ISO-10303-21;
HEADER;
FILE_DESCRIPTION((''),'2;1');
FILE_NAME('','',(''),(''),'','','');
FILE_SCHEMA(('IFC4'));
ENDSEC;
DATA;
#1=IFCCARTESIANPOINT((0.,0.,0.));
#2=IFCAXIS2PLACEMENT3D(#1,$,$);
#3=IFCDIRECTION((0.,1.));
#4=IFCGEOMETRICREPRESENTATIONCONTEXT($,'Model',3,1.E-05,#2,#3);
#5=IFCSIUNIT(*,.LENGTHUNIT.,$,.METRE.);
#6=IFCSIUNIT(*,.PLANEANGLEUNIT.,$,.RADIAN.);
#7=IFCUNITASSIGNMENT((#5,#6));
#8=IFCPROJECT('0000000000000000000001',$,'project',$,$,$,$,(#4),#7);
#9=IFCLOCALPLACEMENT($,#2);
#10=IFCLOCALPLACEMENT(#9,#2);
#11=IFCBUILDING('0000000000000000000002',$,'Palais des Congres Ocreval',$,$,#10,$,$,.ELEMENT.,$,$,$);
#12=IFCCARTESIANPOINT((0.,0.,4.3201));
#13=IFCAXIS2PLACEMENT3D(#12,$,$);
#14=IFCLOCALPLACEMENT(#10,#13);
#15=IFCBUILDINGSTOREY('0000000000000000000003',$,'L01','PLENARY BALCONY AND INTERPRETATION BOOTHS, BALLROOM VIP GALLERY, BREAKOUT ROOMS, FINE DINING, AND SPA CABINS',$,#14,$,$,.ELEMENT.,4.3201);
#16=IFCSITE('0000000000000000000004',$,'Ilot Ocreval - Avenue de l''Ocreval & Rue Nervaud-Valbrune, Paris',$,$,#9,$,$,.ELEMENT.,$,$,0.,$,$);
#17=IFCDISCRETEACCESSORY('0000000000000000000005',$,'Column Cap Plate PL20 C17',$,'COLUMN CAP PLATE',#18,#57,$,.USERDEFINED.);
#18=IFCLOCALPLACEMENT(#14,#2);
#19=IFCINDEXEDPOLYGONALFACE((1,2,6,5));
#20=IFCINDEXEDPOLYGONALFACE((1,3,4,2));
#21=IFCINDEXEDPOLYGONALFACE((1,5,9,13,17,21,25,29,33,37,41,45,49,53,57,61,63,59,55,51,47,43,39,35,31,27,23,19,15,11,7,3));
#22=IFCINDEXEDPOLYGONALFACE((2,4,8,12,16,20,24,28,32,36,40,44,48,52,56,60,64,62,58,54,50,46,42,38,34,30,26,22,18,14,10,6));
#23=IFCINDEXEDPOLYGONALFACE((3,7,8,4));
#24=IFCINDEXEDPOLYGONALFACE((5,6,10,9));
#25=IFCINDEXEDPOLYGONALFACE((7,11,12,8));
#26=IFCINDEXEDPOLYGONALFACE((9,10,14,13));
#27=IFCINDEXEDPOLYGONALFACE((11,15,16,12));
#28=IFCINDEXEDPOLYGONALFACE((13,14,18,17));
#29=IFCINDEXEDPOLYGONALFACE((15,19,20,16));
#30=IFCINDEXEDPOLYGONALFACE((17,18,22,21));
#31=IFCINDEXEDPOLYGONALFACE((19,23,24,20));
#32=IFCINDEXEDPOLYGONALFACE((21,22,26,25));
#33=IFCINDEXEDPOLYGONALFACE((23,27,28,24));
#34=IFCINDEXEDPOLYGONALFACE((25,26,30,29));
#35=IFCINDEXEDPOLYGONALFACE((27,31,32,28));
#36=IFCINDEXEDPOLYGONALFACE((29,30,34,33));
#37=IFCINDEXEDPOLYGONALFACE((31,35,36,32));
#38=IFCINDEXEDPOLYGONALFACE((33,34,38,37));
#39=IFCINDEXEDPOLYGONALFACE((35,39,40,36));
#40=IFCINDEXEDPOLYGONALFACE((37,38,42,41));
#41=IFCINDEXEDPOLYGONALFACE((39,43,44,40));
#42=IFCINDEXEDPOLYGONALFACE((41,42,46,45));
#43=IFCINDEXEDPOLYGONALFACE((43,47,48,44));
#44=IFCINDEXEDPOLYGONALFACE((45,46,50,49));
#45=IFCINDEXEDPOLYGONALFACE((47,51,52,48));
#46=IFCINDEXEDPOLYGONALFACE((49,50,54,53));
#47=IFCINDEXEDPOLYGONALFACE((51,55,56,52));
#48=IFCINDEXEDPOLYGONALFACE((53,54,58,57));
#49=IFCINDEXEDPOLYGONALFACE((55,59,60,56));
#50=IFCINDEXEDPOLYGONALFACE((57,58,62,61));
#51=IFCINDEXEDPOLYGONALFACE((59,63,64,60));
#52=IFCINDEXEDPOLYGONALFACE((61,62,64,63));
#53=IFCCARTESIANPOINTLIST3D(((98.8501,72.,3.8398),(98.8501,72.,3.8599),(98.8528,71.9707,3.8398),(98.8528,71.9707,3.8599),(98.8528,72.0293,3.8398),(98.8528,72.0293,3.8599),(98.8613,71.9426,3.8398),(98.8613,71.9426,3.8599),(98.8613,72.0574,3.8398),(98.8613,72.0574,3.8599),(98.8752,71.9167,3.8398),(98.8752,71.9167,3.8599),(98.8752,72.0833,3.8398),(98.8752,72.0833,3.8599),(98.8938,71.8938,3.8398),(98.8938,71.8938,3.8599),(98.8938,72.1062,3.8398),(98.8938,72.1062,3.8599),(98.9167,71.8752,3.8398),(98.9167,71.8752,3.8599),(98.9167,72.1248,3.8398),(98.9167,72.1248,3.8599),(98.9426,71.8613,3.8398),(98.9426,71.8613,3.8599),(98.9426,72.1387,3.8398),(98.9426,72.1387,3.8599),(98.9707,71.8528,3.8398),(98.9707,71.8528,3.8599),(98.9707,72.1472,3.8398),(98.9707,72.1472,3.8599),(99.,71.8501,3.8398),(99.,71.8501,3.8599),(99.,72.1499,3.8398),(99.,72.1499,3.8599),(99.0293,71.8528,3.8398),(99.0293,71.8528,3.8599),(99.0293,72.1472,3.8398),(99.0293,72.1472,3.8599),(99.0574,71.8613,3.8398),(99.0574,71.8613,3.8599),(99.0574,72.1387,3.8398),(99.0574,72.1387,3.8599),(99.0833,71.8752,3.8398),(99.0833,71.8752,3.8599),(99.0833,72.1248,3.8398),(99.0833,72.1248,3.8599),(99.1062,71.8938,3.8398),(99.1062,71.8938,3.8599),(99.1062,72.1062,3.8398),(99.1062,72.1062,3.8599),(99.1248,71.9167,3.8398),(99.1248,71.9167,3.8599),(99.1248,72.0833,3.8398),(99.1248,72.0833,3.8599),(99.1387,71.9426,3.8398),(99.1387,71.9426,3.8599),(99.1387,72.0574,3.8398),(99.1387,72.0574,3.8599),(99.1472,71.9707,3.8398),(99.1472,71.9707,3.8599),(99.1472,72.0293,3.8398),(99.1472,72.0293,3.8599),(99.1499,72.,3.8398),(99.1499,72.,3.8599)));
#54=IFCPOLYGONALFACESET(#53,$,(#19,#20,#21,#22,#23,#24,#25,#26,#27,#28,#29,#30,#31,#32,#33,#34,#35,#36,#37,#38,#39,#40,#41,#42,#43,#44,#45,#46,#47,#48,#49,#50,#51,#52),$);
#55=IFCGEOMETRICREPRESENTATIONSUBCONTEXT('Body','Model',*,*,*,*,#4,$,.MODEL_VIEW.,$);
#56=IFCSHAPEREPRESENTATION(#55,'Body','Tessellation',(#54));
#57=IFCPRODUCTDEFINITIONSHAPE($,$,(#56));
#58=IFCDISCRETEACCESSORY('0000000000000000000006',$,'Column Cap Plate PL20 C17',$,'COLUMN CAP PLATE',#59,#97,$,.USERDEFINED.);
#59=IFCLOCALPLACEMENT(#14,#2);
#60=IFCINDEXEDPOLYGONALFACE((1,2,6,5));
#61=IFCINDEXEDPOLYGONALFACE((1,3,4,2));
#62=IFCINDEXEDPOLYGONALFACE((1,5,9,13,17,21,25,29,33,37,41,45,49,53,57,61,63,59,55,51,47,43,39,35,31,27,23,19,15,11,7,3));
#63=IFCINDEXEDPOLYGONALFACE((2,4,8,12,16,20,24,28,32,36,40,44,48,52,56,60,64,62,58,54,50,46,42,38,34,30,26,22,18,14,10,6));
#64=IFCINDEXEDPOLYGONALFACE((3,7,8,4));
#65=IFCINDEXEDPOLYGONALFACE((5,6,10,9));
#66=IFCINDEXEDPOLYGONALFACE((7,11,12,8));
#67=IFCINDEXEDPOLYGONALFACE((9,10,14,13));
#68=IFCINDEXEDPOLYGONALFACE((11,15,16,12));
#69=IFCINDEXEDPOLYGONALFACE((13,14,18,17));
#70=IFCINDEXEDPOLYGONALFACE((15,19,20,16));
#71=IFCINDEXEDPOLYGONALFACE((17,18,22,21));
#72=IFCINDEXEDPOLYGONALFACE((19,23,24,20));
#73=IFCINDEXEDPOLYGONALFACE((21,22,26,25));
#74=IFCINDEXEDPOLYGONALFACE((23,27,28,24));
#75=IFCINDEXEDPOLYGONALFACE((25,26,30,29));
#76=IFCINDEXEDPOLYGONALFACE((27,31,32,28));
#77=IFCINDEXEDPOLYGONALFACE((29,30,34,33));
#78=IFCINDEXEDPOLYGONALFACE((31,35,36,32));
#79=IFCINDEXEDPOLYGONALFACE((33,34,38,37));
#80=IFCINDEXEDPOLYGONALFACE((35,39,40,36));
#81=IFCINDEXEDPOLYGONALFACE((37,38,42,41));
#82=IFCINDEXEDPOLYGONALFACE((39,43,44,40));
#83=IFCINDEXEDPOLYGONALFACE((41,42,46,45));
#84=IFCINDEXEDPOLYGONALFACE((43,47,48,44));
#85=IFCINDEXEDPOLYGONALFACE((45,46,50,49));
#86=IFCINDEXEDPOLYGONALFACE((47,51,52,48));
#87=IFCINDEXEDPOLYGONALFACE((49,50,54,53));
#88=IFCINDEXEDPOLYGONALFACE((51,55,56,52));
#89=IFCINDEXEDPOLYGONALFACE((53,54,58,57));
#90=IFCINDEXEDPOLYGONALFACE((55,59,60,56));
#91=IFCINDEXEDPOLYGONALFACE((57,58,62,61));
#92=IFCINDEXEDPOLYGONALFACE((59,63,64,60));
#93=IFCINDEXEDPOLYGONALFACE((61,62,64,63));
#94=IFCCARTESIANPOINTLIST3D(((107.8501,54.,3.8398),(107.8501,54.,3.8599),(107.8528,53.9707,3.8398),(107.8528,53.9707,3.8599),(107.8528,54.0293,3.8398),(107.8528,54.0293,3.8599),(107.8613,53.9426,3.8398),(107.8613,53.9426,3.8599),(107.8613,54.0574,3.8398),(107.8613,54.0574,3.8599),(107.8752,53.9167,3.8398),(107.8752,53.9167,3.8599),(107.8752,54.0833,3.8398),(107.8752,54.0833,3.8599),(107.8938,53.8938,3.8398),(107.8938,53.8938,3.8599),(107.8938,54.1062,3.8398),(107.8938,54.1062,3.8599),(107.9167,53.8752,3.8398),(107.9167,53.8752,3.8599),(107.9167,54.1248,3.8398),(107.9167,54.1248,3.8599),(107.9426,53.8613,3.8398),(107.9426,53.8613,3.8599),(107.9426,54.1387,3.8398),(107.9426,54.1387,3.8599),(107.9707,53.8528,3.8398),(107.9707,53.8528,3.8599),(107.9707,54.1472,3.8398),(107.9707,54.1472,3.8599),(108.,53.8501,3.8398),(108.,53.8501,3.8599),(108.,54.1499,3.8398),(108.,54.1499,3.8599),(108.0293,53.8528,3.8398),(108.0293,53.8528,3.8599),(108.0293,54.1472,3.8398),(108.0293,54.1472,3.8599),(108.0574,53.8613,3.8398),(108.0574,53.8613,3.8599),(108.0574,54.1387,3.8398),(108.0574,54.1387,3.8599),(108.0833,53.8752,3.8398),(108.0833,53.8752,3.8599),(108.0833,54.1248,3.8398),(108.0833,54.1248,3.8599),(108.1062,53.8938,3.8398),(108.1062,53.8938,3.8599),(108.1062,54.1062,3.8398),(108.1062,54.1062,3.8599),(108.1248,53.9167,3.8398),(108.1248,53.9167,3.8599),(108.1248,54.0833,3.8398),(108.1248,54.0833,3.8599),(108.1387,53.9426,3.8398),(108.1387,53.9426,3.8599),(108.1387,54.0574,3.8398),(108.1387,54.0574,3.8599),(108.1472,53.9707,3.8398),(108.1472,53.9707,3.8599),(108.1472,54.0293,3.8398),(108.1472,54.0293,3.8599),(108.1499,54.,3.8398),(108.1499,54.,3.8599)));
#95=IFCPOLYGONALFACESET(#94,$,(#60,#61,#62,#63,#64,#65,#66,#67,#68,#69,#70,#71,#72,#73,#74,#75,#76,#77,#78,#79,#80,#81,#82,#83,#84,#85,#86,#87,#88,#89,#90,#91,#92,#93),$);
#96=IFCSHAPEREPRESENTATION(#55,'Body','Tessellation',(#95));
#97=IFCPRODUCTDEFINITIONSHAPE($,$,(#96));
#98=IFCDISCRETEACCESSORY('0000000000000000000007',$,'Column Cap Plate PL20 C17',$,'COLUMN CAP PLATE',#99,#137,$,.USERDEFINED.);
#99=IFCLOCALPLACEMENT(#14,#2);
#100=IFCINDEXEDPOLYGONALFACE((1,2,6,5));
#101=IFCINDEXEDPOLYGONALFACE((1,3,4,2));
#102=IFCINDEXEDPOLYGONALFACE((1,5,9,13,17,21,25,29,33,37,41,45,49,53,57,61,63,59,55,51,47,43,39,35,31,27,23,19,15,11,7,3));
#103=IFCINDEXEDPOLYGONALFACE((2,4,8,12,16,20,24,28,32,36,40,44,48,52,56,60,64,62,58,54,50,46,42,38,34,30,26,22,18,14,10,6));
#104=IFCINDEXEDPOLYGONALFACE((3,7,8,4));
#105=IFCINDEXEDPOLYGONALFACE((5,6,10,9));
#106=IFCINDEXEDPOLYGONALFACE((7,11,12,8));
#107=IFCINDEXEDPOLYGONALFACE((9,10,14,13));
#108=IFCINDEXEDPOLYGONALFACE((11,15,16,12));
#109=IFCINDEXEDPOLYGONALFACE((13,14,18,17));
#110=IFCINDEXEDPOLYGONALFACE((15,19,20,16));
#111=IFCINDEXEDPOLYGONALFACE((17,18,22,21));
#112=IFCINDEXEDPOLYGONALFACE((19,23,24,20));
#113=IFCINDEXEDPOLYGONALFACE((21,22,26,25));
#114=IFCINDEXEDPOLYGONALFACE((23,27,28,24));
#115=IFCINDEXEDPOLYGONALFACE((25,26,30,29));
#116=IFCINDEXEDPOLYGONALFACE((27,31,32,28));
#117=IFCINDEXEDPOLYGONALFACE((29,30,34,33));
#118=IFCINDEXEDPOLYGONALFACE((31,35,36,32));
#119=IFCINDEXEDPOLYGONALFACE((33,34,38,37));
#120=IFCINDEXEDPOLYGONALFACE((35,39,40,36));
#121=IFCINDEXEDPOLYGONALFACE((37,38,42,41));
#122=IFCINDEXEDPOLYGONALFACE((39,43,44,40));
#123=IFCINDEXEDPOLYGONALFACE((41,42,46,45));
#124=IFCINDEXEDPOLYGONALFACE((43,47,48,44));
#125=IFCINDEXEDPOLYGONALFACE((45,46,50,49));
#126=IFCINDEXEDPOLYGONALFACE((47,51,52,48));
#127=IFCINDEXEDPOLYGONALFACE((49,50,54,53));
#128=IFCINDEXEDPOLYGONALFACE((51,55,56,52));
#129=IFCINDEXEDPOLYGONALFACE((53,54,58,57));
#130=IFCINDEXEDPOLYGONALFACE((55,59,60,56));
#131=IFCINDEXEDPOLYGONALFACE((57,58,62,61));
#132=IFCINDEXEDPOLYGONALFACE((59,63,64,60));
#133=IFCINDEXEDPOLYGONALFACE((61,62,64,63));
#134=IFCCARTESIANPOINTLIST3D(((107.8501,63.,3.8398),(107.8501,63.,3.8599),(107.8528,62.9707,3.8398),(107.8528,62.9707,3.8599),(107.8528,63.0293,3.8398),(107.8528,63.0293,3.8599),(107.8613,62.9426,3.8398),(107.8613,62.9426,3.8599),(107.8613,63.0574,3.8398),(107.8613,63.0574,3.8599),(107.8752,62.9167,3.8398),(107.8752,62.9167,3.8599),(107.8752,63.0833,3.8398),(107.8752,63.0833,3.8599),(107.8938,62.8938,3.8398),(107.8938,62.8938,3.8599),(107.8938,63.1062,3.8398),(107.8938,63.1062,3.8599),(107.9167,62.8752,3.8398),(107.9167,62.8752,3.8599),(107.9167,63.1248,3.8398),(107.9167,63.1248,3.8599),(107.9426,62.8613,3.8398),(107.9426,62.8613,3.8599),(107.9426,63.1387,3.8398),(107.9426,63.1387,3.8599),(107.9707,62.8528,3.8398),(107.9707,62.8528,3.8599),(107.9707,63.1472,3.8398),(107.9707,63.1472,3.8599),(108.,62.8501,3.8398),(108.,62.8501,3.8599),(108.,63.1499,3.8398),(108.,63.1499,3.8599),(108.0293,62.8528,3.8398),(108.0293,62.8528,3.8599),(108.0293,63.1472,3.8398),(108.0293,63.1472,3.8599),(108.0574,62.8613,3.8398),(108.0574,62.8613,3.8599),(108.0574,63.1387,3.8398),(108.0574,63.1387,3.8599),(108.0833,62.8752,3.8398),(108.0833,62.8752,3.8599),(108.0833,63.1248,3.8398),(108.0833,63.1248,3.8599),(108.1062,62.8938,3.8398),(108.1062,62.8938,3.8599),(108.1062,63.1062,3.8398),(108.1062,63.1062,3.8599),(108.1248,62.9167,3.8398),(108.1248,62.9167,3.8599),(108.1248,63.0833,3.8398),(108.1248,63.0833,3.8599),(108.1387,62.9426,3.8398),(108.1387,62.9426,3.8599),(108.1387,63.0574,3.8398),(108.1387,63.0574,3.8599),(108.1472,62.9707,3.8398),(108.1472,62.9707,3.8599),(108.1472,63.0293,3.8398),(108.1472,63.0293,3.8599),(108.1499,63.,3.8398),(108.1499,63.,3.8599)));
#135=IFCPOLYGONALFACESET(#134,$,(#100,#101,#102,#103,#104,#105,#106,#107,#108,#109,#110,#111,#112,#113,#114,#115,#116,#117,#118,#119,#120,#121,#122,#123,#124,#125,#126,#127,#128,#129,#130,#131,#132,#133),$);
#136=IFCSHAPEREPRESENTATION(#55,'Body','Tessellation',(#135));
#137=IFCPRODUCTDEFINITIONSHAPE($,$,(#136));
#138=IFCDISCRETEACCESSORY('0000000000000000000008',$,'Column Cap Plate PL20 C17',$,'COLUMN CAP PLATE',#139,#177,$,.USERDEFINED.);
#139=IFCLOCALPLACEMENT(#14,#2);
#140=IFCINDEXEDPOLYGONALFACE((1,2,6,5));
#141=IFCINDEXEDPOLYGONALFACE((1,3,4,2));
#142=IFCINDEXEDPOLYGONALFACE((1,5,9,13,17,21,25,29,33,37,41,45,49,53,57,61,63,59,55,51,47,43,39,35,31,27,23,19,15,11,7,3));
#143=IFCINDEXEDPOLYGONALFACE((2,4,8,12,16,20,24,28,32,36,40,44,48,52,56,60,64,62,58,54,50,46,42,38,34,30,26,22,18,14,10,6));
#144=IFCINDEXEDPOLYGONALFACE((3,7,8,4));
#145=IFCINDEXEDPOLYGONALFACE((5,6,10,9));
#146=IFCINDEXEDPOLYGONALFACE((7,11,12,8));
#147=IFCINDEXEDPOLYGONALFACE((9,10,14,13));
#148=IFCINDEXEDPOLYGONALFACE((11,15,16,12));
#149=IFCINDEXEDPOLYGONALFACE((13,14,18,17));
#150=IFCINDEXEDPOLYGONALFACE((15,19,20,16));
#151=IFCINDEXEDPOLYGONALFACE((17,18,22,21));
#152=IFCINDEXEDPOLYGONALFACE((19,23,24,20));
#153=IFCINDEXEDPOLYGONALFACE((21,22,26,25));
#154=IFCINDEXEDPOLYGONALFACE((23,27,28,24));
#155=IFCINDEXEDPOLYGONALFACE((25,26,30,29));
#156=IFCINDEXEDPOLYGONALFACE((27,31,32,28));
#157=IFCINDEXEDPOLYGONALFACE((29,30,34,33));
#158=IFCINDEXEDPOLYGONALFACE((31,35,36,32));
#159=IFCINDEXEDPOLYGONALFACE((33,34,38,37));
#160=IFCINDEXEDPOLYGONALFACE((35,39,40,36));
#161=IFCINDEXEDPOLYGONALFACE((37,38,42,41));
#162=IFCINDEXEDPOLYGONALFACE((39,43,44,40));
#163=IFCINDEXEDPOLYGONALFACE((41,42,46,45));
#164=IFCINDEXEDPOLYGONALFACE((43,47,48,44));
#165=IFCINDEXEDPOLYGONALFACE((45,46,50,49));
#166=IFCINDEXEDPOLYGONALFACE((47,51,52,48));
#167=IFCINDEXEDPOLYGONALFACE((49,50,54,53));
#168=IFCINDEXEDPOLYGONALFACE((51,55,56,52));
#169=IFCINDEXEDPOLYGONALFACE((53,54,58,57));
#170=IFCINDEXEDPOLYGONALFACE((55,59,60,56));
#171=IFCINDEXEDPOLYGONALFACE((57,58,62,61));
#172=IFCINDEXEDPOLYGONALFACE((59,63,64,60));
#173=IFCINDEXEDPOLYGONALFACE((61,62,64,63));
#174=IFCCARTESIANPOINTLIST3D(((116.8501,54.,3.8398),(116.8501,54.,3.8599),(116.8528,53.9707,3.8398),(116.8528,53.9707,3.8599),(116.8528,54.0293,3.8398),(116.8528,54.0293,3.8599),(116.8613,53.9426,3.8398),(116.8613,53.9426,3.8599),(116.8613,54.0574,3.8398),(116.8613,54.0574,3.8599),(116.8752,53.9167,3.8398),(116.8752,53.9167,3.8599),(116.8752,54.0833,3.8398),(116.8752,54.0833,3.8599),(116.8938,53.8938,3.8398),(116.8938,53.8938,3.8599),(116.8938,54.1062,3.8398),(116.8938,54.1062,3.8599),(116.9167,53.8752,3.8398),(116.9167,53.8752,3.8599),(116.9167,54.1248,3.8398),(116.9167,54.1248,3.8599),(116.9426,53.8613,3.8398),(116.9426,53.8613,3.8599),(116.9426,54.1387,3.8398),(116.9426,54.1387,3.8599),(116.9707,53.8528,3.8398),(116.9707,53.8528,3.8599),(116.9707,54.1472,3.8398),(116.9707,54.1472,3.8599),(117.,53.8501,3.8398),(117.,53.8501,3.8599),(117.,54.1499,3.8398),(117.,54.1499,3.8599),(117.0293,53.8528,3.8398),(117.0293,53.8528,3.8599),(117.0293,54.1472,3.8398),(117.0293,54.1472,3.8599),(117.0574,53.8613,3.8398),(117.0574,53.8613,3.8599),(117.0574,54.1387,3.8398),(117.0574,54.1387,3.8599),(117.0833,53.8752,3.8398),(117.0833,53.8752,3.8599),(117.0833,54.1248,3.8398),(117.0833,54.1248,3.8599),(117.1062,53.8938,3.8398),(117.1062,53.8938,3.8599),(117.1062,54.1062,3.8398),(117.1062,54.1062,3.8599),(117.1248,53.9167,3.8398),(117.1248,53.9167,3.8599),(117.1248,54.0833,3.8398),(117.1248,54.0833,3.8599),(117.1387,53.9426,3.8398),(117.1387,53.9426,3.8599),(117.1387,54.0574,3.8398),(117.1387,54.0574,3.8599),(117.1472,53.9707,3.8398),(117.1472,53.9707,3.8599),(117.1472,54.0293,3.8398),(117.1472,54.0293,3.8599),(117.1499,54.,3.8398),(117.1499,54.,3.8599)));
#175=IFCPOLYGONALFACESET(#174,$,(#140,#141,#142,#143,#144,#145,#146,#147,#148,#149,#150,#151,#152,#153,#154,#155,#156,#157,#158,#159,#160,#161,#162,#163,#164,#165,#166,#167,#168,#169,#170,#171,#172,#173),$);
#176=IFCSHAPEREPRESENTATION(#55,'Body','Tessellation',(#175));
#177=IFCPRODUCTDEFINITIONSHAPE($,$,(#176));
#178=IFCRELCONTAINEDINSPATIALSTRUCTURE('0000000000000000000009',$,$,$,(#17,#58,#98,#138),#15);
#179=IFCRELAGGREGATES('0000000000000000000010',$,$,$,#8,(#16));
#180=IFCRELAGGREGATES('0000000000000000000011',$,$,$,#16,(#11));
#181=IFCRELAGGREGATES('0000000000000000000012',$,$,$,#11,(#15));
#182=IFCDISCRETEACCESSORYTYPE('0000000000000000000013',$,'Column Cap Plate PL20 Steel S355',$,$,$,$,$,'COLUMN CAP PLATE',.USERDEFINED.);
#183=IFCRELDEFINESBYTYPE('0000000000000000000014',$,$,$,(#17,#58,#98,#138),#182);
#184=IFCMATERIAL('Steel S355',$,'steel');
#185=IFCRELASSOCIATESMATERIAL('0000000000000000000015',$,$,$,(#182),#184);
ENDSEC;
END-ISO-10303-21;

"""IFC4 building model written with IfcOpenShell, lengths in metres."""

from ifc_helpers import new_model, si_unit, direction, frame, origin, place, context, subcontext, project, spatial, polyline, outline, extrude, material, type_object, element, save


model = new_model("IFC4")

# Units and contexts
model_context = context("Model", 3, precision=1e-05, world=origin(), true_north=direction((0.0, 1.0)))
body_context = subcontext(model_context, "Body", "Model", "MODEL_VIEW")
ifc_project = project(units=[si_unit("LENGTHUNIT", "METRE"), si_unit("PLANEANGLEUNIT", "RADIAN")], contexts=[model_context])

# Site, building, storey
site_placement = place(None, origin())
site = spatial("IfcSite", under=ifc_project, at=site_placement, Name="Ilot Ocreval - Avenue de l'Ocreval & Rue Nervaud-Valbrune, Paris", CompositionType="ELEMENT", RefElevation=0.0)
building_placement = place(site_placement, origin())
building = spatial("IfcBuilding", under=site, at=building_placement, Name="Palais des Congres Ocreval", CompositionType="ELEMENT")
storey_placement = place(building_placement, frame((0.0, 0.0, 4.3201)))
storey = spatial("IfcBuildingStorey", under=building, at=storey_placement, Name="L01", Description="PLENARY BALCONY AND INTERPRETATION BOOTHS, BALLROOM VIP GALLERY, BREAKOUT ROOMS, FINE DINING, AND SPA CABINS", CompositionType="ELEMENT", Elevation=4.3201)

# Discrete accessories
ifc_material = material(Name="Steel S355", Category="steel")
discrete_accessory_type = type_object("IfcDiscreteAccessoryType", Name="Column Cap Plate PL20 Steel S355", ElementType="COLUMN CAP PLATE", PredefinedType="USERDEFINED", material=ifc_material)
discrete_accessory_1_placement = place(storey_placement, frame((0.0, 0.0, 3.8398)))
element("IfcDiscreteAccessory", 1, at=discrete_accessory_1_placement, inside=storey, type_object=discrete_accessory_type, Name="Column Cap Plate PL20 C17", ObjectType="COLUMN CAP PLATE", PredefinedType="USERDEFINED", context=body_context, shape_type="SweptSolid", body=[
    extrude(outline(polyline([(99.1499, 72.0), (99.1472, 72.0293), (99.1387, 72.0574), (99.1248, 72.0833), (99.1062, 72.1062), (99.0833, 72.1248), (99.0574, 72.1387), (99.0293, 72.1472), (99.0, 72.1499), (98.9707, 72.1472), (98.9426, 72.1387), (98.9167, 72.1248), (98.8938, 72.1062), (98.8752, 72.0833), (98.8613, 72.0574), (98.8528, 72.0293), (98.8501, 72.0), (98.8528, 71.9707), (98.8613, 71.9426), (98.8752, 71.9167), (98.8938, 71.8938), (98.9167, 71.8752), (98.9426, 71.8613), (98.9707, 71.8528), (99.0, 71.8501), (99.0293, 71.8528), (99.0574, 71.8613), (99.0833, 71.8752), (99.1062, 71.8938), (99.1248, 71.9167), (99.1387, 71.9426), (99.1472, 71.9707), (99.1499, 72.0)])), origin(), (0.0, 0.0, 1.0), 0.02),
])
discrete_accessory_2_placement = place(storey_placement, frame((0.0, 0.0, 3.8398)))
element("IfcDiscreteAccessory", 2, at=discrete_accessory_2_placement, inside=storey, type_object=discrete_accessory_type, Name="Column Cap Plate PL20 C17", ObjectType="COLUMN CAP PLATE", PredefinedType="USERDEFINED", context=body_context, shape_type="SweptSolid", body=[
    extrude(outline(polyline([(108.1499, 54.0), (108.1472, 54.0293), (108.1387, 54.0574), (108.1248, 54.0833), (108.1062, 54.1062), (108.0833, 54.1248), (108.0574, 54.1387), (108.0293, 54.1472), (108.0, 54.1499), (107.9707, 54.1472), (107.9426, 54.1387), (107.9167, 54.1248), (107.8938, 54.1062), (107.8752, 54.0833), (107.8613, 54.0574), (107.8528, 54.0293), (107.8501, 54.0), (107.8528, 53.9707), (107.8613, 53.9426), (107.8752, 53.9167), (107.8938, 53.8938), (107.9167, 53.8752), (107.9426, 53.8613), (107.9707, 53.8528), (108.0, 53.8501), (108.0293, 53.8528), (108.0574, 53.8613), (108.0833, 53.8752), (108.1062, 53.8938), (108.1248, 53.9167), (108.1387, 53.9426), (108.1472, 53.9707), (108.1499, 54.0)])), origin(), (0.0, 0.0, 1.0), 0.02),
])
discrete_accessory_3_placement = place(storey_placement, frame((0.0, 0.0, 3.8398)))
element("IfcDiscreteAccessory", 3, at=discrete_accessory_3_placement, inside=storey, type_object=discrete_accessory_type, Name="Column Cap Plate PL20 C17", ObjectType="COLUMN CAP PLATE", PredefinedType="USERDEFINED", context=body_context, shape_type="SweptSolid", body=[
    extrude(outline(polyline([(108.1499, 63.0), (108.1472, 63.0293), (108.1387, 63.0574), (108.1248, 63.0833), (108.1062, 63.1062), (108.0833, 63.1248), (108.0574, 63.1387), (108.0293, 63.1472), (108.0, 63.1499), (107.9707, 63.1472), (107.9426, 63.1387), (107.9167, 63.1248), (107.8938, 63.1062), (107.8752, 63.0833), (107.8613, 63.0574), (107.8528, 63.0293), (107.8501, 63.0), (107.8528, 62.9707), (107.8613, 62.9426), (107.8752, 62.9167), (107.8938, 62.8938), (107.9167, 62.8752), (107.9426, 62.8613), (107.9707, 62.8528), (108.0, 62.8501), (108.0293, 62.8528), (108.0574, 62.8613), (108.0833, 62.8752), (108.1062, 62.8938), (108.1248, 62.9167), (108.1387, 62.9426), (108.1472, 62.9707), (108.1499, 63.0)])), origin(), (0.0, 0.0, 1.0), 0.02),
])
discrete_accessory_4_placement = place(storey_placement, frame((0.0, 0.0, 3.8398)))
element("IfcDiscreteAccessory", 4, at=discrete_accessory_4_placement, inside=storey, type_object=discrete_accessory_type, Name="Column Cap Plate PL20 C17", ObjectType="COLUMN CAP PLATE", PredefinedType="USERDEFINED", context=body_context, shape_type="SweptSolid", body=[
    extrude(outline(polyline([(117.1499, 54.0), (117.1472, 54.0293), (117.1387, 54.0574), (117.1248, 54.0833), (117.1062, 54.1062), (117.0833, 54.1248), (117.0574, 54.1387), (117.0293, 54.1472), (117.0, 54.1499), (116.9707, 54.1472), (116.9426, 54.1387), (116.9167, 54.1248), (116.8938, 54.1062), (116.8752, 54.0833), (116.8613, 54.0574), (116.8528, 54.0293), (116.8501, 54.0), (116.8528, 53.9707), (116.8613, 53.9426), (116.8752, 53.9167), (116.8938, 53.8938), (116.9167, 53.8752), (116.9426, 53.8613), (116.9707, 53.8528), (117.0, 53.8501), (117.0293, 53.8528), (117.0574, 53.8613), (117.0833, 53.8752), (117.1062, 53.8938), (117.1248, 53.9167), (117.1387, 53.9426), (117.1472, 53.9707), (117.1499, 54.0)])), origin(), (0.0, 0.0, 1.0), 0.02),
])

save(model, "model.ifc")
